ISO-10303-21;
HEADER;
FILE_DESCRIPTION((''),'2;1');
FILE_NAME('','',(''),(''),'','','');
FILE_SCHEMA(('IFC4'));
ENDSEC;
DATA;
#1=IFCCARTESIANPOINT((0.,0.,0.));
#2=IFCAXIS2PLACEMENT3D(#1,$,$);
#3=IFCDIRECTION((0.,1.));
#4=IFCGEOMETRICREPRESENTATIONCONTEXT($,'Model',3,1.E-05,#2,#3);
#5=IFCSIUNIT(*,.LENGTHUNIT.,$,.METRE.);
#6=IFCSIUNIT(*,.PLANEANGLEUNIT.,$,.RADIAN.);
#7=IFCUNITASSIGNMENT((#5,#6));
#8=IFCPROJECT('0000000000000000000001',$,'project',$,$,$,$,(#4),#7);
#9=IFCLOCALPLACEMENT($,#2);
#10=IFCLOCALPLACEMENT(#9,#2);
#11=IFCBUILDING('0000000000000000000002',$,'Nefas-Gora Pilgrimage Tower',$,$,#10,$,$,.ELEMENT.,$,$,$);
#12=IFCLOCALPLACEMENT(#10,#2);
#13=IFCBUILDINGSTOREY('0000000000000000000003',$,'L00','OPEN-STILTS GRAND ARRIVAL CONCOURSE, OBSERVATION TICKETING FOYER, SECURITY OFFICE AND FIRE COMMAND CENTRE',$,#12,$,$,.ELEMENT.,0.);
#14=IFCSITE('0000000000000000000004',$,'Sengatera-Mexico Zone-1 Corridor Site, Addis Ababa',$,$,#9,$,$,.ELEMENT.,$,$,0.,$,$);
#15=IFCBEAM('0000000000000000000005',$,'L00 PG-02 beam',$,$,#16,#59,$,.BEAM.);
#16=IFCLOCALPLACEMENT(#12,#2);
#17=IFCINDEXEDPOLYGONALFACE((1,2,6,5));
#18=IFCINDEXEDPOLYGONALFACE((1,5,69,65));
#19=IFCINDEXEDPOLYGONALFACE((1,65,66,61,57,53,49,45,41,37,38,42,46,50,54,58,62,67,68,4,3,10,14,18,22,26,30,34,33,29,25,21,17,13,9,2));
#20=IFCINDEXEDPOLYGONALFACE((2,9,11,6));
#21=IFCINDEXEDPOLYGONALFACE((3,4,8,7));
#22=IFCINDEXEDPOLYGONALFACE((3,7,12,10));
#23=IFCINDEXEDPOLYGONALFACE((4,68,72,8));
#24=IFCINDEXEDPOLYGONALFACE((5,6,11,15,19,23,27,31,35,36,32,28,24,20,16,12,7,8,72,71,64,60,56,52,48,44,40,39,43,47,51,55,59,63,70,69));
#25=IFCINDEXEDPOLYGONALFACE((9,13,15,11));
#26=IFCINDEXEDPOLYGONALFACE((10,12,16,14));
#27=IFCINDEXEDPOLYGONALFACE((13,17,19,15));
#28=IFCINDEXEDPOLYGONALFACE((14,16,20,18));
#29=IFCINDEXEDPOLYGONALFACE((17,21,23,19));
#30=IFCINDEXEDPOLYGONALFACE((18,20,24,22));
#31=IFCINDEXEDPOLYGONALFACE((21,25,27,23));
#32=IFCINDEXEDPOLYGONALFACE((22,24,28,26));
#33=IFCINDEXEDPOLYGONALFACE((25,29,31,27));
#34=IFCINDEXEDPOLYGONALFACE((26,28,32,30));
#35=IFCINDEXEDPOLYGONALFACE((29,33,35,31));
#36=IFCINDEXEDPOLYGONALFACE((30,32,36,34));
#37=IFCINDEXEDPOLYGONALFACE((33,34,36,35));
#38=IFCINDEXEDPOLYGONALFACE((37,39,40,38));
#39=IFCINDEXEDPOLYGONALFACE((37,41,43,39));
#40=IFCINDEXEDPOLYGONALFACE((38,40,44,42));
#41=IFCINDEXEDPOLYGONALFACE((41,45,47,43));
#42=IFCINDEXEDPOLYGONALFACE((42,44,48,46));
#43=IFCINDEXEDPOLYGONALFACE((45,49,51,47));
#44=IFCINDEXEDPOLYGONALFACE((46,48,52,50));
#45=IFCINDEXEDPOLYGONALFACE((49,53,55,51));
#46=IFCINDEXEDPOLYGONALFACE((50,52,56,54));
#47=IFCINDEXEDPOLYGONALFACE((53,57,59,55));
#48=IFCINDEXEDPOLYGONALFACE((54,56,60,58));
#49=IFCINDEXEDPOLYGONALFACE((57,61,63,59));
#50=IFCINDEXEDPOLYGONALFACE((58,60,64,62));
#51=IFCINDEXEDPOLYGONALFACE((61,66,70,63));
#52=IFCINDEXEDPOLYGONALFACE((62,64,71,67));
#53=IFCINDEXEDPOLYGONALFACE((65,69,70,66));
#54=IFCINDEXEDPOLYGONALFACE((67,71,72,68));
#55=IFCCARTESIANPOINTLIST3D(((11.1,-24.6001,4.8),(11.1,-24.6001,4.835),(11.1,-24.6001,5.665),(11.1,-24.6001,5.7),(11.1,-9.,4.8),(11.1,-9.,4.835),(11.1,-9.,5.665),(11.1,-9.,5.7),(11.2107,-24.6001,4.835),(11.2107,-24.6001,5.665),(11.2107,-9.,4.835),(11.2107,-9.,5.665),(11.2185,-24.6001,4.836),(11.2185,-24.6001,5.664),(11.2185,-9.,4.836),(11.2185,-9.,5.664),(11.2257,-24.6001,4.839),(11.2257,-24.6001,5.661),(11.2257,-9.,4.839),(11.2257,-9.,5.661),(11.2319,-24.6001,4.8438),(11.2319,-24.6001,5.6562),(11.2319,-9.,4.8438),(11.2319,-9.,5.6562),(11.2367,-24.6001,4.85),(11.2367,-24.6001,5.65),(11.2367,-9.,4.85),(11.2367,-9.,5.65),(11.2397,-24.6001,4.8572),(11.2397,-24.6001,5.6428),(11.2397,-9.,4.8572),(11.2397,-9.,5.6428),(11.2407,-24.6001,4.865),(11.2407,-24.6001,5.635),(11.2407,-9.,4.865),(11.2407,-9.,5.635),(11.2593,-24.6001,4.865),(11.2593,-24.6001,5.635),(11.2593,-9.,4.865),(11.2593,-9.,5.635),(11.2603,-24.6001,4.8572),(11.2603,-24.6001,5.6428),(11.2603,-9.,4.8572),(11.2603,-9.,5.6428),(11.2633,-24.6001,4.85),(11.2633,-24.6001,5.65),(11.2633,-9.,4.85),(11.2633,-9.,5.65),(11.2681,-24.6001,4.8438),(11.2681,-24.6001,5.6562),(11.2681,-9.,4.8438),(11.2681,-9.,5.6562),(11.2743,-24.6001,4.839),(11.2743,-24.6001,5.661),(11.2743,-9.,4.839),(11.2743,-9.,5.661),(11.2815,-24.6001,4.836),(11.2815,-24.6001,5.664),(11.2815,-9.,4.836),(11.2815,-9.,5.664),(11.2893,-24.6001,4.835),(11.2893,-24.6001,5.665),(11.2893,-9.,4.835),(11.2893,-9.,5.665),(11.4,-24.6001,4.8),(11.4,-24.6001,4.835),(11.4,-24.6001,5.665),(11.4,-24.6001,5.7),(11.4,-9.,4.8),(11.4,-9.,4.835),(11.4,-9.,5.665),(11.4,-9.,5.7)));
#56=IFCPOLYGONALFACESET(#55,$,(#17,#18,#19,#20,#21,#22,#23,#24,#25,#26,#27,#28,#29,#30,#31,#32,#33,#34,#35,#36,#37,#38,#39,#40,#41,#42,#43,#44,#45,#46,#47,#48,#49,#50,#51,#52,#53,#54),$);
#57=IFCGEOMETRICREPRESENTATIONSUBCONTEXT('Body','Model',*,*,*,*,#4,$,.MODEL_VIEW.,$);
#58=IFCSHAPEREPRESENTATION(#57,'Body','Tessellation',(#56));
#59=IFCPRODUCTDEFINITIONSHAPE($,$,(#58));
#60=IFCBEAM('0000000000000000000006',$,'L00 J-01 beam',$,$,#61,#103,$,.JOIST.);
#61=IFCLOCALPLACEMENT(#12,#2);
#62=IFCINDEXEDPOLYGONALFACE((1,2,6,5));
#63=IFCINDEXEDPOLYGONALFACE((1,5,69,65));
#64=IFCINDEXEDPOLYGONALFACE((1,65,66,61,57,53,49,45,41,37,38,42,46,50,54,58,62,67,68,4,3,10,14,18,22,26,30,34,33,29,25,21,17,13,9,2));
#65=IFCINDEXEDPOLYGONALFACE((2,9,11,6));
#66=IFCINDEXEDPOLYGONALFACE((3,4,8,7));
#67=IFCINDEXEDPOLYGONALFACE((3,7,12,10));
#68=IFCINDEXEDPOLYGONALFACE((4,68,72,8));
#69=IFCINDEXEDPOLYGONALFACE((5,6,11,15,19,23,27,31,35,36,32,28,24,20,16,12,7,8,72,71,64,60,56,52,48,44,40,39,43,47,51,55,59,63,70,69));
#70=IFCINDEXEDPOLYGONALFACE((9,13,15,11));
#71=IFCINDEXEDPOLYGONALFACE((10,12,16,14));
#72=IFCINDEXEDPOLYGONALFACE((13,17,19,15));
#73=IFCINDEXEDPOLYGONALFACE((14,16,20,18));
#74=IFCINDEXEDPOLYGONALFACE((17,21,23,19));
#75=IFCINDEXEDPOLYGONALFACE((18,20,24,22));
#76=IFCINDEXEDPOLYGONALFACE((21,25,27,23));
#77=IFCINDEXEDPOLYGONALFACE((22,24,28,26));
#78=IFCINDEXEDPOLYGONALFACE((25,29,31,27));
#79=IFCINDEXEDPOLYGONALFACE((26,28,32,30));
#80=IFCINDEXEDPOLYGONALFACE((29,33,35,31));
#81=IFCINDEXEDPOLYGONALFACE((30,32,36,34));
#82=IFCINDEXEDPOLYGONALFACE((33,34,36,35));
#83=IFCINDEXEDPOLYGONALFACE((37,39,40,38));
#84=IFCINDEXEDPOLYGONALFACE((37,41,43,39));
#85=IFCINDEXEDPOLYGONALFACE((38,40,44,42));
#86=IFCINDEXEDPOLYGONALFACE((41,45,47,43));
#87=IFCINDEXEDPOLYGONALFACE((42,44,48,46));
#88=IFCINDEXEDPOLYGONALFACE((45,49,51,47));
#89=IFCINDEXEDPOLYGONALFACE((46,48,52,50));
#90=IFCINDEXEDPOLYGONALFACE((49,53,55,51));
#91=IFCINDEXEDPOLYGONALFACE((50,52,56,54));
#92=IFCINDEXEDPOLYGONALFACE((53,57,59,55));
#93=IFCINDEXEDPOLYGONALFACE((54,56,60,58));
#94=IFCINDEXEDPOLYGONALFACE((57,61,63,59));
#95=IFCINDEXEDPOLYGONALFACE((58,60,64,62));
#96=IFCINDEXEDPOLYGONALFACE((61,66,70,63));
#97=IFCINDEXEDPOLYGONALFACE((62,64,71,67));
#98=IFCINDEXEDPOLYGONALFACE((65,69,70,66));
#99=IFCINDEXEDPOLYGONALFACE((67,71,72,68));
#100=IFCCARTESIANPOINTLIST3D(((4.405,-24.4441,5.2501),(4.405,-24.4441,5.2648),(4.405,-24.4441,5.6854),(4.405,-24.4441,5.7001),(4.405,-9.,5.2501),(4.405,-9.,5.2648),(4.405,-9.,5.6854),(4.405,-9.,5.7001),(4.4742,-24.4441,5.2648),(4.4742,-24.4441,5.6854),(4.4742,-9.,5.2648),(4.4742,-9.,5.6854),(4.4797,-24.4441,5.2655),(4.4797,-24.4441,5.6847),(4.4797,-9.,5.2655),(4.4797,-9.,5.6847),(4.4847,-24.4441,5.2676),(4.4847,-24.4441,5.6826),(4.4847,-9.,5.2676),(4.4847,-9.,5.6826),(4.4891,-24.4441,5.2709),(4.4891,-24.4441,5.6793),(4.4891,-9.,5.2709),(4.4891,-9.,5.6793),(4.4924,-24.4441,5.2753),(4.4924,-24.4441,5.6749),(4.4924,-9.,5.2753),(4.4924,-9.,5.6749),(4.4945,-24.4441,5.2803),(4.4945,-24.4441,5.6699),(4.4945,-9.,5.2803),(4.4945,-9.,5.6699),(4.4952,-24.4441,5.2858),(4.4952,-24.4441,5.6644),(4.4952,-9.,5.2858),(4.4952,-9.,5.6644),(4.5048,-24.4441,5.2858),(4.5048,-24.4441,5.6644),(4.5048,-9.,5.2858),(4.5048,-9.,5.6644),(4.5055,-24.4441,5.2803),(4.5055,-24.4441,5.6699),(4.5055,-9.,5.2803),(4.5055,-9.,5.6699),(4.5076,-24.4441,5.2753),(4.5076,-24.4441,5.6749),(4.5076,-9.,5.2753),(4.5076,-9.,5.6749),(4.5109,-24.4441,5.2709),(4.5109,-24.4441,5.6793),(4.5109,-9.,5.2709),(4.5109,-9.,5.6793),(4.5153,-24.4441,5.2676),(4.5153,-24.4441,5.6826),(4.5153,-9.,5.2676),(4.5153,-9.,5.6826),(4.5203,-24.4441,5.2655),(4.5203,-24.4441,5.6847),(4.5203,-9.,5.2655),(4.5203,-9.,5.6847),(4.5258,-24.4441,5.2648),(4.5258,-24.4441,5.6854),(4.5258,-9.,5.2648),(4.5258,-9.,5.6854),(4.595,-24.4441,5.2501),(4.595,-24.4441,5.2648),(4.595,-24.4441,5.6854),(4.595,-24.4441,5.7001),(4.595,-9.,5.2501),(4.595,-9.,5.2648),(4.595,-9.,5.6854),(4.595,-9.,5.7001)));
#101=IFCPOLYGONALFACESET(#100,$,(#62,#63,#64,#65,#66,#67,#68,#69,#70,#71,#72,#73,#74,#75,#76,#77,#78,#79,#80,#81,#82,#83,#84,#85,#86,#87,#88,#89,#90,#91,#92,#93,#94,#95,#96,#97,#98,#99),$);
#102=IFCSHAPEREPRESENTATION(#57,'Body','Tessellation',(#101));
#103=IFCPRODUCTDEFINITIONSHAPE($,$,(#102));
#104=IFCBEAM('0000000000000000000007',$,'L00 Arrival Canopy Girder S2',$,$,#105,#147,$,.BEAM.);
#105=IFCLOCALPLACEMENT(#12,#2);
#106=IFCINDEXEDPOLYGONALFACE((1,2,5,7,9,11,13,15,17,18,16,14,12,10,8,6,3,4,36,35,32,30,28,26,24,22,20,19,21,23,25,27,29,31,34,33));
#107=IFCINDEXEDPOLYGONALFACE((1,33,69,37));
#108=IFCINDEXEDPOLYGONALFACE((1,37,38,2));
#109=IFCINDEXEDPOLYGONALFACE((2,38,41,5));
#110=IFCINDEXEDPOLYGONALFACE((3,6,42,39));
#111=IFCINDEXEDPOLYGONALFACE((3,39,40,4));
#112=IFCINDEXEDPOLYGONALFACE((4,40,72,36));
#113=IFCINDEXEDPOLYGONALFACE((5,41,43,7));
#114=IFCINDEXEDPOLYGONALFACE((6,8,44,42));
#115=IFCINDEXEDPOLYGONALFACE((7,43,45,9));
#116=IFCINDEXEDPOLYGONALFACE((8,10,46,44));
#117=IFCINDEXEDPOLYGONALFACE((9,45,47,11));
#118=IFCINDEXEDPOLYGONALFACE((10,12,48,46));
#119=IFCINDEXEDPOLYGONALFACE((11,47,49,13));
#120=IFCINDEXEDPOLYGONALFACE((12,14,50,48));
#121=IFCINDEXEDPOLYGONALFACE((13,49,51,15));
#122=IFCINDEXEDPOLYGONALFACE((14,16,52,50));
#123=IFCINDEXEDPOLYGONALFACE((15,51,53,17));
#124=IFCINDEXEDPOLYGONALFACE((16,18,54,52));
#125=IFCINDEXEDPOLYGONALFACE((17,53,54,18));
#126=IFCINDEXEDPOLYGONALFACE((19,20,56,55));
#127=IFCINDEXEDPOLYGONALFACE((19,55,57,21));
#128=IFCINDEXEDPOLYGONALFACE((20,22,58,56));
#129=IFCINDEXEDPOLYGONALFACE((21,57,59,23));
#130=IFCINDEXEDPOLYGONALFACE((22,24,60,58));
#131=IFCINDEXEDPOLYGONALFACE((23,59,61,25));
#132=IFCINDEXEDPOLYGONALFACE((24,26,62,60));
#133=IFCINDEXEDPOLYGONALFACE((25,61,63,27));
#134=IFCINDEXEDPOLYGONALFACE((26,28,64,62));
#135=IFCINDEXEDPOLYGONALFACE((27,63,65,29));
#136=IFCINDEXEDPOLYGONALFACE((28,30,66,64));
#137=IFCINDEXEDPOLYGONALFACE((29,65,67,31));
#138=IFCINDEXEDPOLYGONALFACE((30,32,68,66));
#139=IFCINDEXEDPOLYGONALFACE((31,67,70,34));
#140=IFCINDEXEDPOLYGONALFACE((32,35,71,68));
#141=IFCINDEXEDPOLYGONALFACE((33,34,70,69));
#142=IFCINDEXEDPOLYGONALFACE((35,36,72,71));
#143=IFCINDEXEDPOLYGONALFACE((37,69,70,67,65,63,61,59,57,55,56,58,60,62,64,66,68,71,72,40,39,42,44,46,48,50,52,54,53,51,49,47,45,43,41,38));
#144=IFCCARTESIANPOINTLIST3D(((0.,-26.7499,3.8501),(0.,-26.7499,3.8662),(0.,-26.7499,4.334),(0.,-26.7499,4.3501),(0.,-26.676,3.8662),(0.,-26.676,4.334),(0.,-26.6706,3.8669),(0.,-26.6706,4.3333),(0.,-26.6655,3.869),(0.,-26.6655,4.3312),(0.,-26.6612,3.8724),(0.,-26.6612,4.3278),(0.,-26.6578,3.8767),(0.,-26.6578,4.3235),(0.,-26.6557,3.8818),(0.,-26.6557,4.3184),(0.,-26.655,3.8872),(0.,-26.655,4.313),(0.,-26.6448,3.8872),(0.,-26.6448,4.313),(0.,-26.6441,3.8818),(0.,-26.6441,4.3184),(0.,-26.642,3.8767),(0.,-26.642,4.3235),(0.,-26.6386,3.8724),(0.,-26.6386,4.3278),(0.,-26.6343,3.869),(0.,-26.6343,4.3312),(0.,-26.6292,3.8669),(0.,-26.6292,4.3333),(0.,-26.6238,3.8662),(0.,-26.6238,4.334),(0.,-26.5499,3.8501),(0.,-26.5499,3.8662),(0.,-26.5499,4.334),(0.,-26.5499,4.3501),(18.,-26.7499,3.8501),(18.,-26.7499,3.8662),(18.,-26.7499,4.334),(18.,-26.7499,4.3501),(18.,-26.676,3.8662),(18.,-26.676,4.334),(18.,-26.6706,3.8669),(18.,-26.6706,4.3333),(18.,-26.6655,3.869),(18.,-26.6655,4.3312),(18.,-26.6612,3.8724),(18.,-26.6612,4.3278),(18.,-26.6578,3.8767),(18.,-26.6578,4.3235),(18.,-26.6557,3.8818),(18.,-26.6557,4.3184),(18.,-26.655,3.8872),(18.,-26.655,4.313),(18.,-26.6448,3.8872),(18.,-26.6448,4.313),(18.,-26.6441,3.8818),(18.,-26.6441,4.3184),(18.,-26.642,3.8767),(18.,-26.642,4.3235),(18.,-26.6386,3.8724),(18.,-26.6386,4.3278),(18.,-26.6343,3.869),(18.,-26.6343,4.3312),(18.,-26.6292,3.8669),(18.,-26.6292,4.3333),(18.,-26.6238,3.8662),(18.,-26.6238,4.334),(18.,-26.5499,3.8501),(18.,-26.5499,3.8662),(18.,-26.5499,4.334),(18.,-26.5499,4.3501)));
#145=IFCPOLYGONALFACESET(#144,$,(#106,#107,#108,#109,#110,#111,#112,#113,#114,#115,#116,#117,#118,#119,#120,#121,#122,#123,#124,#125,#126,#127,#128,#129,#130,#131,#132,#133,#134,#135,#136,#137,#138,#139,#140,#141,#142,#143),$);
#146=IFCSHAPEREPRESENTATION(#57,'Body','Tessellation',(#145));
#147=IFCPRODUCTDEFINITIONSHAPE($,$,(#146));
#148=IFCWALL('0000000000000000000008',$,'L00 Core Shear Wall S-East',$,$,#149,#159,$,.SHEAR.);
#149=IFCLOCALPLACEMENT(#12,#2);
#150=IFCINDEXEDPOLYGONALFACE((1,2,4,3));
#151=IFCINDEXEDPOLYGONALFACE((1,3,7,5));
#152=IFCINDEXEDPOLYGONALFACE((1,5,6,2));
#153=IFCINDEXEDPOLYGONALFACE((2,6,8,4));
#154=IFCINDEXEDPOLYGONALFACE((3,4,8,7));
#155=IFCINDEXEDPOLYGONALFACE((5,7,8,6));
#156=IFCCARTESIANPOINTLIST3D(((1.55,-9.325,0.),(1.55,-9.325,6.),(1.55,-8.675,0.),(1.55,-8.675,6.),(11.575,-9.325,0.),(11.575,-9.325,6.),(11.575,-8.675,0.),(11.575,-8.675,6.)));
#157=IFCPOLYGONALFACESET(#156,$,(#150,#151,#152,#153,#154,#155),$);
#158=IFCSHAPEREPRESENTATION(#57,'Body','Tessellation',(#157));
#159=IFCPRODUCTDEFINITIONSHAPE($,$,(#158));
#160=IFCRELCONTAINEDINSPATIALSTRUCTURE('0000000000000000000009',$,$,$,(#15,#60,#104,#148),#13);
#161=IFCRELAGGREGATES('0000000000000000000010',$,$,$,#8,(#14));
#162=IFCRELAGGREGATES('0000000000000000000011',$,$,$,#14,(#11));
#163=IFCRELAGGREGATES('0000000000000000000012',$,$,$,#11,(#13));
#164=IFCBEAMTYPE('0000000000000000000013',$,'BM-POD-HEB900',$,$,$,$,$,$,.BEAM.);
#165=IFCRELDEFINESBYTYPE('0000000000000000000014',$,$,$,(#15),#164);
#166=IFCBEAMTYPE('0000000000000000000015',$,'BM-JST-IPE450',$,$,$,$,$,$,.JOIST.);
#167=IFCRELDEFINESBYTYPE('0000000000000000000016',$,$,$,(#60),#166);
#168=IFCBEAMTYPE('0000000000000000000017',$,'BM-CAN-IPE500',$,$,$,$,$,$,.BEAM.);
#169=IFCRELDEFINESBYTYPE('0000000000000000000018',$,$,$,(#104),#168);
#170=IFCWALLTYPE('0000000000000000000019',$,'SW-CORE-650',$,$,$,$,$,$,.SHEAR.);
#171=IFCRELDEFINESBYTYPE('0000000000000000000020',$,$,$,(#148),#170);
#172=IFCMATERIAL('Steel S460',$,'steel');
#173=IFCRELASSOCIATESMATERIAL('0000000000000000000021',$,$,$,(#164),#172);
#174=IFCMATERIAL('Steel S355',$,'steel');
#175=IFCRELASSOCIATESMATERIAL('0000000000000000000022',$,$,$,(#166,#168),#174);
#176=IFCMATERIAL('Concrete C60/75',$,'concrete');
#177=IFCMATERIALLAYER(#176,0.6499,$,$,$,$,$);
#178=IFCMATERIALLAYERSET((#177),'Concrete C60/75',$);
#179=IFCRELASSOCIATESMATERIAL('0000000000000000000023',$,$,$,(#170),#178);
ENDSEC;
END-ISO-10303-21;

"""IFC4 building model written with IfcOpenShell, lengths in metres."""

from ifc_helpers import new_model, si_unit, direction, frame, frame_2d, origin, origin_2d, place, context, subcontext, project, spatial, rectangle, i_section, extrude, source, transform, mapped, material, layer, layer_set, material_profile, profile_set, type_object, element, save


model = new_model("IFC4")

# Units and contexts
model_context = context("Model", 3, precision=1e-05, world=origin(), true_north=direction((0.0, 1.0)))
body_context = subcontext(model_context, "Body", "Model", "MODEL_VIEW")
ifc_project = project(units=[si_unit("LENGTHUNIT", "METRE"), si_unit("PLANEANGLEUNIT", "RADIAN")], contexts=[model_context])

# Site, building, storey
site_placement = place(None, origin())
site = spatial("IfcSite", under=ifc_project, at=site_placement, Name="Sengatera-Mexico Zone-1 Corridor Site, Addis Ababa", CompositionType="ELEMENT", RefElevation=0.0)
building_placement = place(site_placement, origin())
building = spatial("IfcBuilding", under=site, at=building_placement, Name="Nefas-Gora Pilgrimage Tower", CompositionType="ELEMENT")
storey_placement = place(building_placement, origin())
storey = spatial("IfcBuildingStorey", under=building, at=storey_placement, Name="L00", Description="OPEN-STILTS GRAND ARRIVAL CONCOURSE, OBSERVATION TICKETING FOYER, SECURITY OFFICE AND FIRE COMMAND CENTRE", CompositionType="ELEMENT", Elevation=0.0)

# Shared definitions
ifc_material_1 = material(Name="Steel S355", Category="steel")
ifc_material_2 = material(Name="Steel S460", Category="steel")

# Beams
ifc_material_3 = material(Name="Concrete C60/75", Category="concrete")
ifc_material_profile_1 = material_profile(ifc_material_2, i_section(OverallWidth=0.3, OverallDepth=0.8999, WebThickness=0.0186, FlangeThickness=0.0349, FilletRadius=0.03, at=origin_2d()), Name="HEB 900")
ifc_profile_set_1 = profile_set([ifc_material_profile_1], Name="Steel S460")
beam_type_1 = type_object("IfcBeamType", Name="BM-POD-HEB900", PredefinedType="BEAM", material=ifc_profile_set_1)
shared_shape_1 = source(origin(), body_context, "Body", "SweptSolid", [
    extrude(i_section(OverallWidth=0.3, OverallDepth=0.8999, WebThickness=0.0186, FlangeThickness=0.0349, FilletRadius=0.03, at=origin_2d()), origin(), (0.0, 0.0, 1.0), 15.6001),
])
beam_1_placement = place(storey_placement, frame((11.25, -24.6001, 5.25), z_axis=(0.0, 1.0, 0.0), x_axis=(-1.0, 0.0, 0.0)))
element("IfcBeam", 1, at=beam_1_placement, inside=storey, type_object=beam_type_1, Name="L00 PG-02 beam", PredefinedType="BEAM", context=body_context, shape_type="MappedRepresentation", body=[
    mapped(shared_shape_1, transform((0.0, 0.0, 0.0), x_axis=(1.0, 0.0, 0.0), y_axis=(0.0, 1.0, 0.0), z_axis=(0.0, 0.0, 1.0), scale=1.0)),
])
ifc_material_profile_2 = material_profile(ifc_material_1, i_section(OverallWidth=0.1899, OverallDepth=0.45, WebThickness=0.0095, FlangeThickness=0.0146, FilletRadius=0.021, at=origin_2d()), Name="IPE 450")
ifc_profile_set_2 = profile_set([ifc_material_profile_2], Name="Steel S355")
beam_type_2 = type_object("IfcBeamType", Name="BM-JST-IPE450", PredefinedType="JOIST", material=ifc_profile_set_2)
shared_shape_2 = source(origin(), body_context, "Body", "SweptSolid", [
    extrude(i_section(OverallWidth=0.1899, OverallDepth=0.45, WebThickness=0.0095, FlangeThickness=0.0146, FilletRadius=0.021, at=origin_2d()), origin(), (0.0, 0.0, 1.0), 15.4441),
])
beam_2_placement = place(storey_placement, frame((4.5, -24.4441, 5.4751), z_axis=(0.0, 1.0, 0.0), x_axis=(-1.0, 0.0, 0.0)))
element("IfcBeam", 2, at=beam_2_placement, inside=storey, type_object=beam_type_2, Name="L00 J-01 beam", PredefinedType="JOIST", context=body_context, shape_type="MappedRepresentation", body=[
    mapped(shared_shape_2, transform((0.0, 0.0, 0.0), x_axis=(1.0, 0.0, 0.0), y_axis=(0.0, 1.0, 0.0), z_axis=(0.0, 0.0, 1.0), scale=1.0)),
])
ifc_material_profile_3 = material_profile(ifc_material_1, i_section(OverallWidth=0.2, OverallDepth=0.5, WebThickness=0.0103, FlangeThickness=0.0161, FilletRadius=0.021, at=origin_2d()), Name="IPE 500")
ifc_profile_set_3 = profile_set([ifc_material_profile_3], Name="Steel S355")
beam_type_3 = type_object("IfcBeamType", Name="BM-CAN-IPE500", PredefinedType="BEAM", material=ifc_profile_set_3)
shared_shape_3 = source(origin(), body_context, "Body", "SweptSolid", [
    extrude(i_section(OverallWidth=0.2, OverallDepth=0.5, WebThickness=0.0103, FlangeThickness=0.0161, FilletRadius=0.021, at=origin_2d()), origin(), (0.0, 0.0, 1.0), 18.0),
])
beam_3_placement = place(storey_placement, frame((0.0, -26.6499, 4.1001), z_axis=(1.0, 0.0, 0.0), x_axis=(0.0, 1.0, 0.0)))
element("IfcBeam", 3, at=beam_3_placement, inside=storey, type_object=beam_type_3, Name="L00 Arrival Canopy Girder S2", PredefinedType="BEAM", context=body_context, shape_type="MappedRepresentation", body=[
    mapped(shared_shape_3, transform((0.0, 0.0, 0.0), x_axis=(1.0, 0.0, 0.0), y_axis=(0.0, 1.0, 0.0), z_axis=(0.0, 0.0, 1.0), scale=1.0)),
])

# Wall
ifc_layer_1 = layer(ifc_material_3, 0.6499)
ifc_layer_set_1 = layer_set([ifc_layer_1], Name="Concrete C60/75")
wall_type_1 = type_object("IfcWallType", Name="SW-CORE-650", PredefinedType="SHEAR", material=ifc_layer_set_1)
shared_shape_4 = source(origin(), body_context, "Body", "SweptSolid", [
    extrude(rectangle(XDim=10.0249, YDim=0.6499, at=frame_2d((5.0125, 0.0))), origin(), (0.0, 0.0, 1.0), 6.0),
])
wall_1_placement = place(storey_placement, frame((1.55, -9.0, 0.0), z_axis=(0.0, 0.0, 1.0), x_axis=(1.0, 0.0, 0.0)))
element("IfcWall", 4, at=wall_1_placement, inside=storey, type_object=wall_type_1, Name="L00 Core Shear Wall S-East", PredefinedType="SHEAR", context=body_context, shape_type="MappedRepresentation", body=[
    mapped(shared_shape_4, transform((0.0, 0.0, 0.0), x_axis=(1.0, 0.0, 0.0), y_axis=(0.0, 1.0, 0.0), z_axis=(0.0, 0.0, 1.0), scale=1.0)),
])

save(model, "model.ifc")
